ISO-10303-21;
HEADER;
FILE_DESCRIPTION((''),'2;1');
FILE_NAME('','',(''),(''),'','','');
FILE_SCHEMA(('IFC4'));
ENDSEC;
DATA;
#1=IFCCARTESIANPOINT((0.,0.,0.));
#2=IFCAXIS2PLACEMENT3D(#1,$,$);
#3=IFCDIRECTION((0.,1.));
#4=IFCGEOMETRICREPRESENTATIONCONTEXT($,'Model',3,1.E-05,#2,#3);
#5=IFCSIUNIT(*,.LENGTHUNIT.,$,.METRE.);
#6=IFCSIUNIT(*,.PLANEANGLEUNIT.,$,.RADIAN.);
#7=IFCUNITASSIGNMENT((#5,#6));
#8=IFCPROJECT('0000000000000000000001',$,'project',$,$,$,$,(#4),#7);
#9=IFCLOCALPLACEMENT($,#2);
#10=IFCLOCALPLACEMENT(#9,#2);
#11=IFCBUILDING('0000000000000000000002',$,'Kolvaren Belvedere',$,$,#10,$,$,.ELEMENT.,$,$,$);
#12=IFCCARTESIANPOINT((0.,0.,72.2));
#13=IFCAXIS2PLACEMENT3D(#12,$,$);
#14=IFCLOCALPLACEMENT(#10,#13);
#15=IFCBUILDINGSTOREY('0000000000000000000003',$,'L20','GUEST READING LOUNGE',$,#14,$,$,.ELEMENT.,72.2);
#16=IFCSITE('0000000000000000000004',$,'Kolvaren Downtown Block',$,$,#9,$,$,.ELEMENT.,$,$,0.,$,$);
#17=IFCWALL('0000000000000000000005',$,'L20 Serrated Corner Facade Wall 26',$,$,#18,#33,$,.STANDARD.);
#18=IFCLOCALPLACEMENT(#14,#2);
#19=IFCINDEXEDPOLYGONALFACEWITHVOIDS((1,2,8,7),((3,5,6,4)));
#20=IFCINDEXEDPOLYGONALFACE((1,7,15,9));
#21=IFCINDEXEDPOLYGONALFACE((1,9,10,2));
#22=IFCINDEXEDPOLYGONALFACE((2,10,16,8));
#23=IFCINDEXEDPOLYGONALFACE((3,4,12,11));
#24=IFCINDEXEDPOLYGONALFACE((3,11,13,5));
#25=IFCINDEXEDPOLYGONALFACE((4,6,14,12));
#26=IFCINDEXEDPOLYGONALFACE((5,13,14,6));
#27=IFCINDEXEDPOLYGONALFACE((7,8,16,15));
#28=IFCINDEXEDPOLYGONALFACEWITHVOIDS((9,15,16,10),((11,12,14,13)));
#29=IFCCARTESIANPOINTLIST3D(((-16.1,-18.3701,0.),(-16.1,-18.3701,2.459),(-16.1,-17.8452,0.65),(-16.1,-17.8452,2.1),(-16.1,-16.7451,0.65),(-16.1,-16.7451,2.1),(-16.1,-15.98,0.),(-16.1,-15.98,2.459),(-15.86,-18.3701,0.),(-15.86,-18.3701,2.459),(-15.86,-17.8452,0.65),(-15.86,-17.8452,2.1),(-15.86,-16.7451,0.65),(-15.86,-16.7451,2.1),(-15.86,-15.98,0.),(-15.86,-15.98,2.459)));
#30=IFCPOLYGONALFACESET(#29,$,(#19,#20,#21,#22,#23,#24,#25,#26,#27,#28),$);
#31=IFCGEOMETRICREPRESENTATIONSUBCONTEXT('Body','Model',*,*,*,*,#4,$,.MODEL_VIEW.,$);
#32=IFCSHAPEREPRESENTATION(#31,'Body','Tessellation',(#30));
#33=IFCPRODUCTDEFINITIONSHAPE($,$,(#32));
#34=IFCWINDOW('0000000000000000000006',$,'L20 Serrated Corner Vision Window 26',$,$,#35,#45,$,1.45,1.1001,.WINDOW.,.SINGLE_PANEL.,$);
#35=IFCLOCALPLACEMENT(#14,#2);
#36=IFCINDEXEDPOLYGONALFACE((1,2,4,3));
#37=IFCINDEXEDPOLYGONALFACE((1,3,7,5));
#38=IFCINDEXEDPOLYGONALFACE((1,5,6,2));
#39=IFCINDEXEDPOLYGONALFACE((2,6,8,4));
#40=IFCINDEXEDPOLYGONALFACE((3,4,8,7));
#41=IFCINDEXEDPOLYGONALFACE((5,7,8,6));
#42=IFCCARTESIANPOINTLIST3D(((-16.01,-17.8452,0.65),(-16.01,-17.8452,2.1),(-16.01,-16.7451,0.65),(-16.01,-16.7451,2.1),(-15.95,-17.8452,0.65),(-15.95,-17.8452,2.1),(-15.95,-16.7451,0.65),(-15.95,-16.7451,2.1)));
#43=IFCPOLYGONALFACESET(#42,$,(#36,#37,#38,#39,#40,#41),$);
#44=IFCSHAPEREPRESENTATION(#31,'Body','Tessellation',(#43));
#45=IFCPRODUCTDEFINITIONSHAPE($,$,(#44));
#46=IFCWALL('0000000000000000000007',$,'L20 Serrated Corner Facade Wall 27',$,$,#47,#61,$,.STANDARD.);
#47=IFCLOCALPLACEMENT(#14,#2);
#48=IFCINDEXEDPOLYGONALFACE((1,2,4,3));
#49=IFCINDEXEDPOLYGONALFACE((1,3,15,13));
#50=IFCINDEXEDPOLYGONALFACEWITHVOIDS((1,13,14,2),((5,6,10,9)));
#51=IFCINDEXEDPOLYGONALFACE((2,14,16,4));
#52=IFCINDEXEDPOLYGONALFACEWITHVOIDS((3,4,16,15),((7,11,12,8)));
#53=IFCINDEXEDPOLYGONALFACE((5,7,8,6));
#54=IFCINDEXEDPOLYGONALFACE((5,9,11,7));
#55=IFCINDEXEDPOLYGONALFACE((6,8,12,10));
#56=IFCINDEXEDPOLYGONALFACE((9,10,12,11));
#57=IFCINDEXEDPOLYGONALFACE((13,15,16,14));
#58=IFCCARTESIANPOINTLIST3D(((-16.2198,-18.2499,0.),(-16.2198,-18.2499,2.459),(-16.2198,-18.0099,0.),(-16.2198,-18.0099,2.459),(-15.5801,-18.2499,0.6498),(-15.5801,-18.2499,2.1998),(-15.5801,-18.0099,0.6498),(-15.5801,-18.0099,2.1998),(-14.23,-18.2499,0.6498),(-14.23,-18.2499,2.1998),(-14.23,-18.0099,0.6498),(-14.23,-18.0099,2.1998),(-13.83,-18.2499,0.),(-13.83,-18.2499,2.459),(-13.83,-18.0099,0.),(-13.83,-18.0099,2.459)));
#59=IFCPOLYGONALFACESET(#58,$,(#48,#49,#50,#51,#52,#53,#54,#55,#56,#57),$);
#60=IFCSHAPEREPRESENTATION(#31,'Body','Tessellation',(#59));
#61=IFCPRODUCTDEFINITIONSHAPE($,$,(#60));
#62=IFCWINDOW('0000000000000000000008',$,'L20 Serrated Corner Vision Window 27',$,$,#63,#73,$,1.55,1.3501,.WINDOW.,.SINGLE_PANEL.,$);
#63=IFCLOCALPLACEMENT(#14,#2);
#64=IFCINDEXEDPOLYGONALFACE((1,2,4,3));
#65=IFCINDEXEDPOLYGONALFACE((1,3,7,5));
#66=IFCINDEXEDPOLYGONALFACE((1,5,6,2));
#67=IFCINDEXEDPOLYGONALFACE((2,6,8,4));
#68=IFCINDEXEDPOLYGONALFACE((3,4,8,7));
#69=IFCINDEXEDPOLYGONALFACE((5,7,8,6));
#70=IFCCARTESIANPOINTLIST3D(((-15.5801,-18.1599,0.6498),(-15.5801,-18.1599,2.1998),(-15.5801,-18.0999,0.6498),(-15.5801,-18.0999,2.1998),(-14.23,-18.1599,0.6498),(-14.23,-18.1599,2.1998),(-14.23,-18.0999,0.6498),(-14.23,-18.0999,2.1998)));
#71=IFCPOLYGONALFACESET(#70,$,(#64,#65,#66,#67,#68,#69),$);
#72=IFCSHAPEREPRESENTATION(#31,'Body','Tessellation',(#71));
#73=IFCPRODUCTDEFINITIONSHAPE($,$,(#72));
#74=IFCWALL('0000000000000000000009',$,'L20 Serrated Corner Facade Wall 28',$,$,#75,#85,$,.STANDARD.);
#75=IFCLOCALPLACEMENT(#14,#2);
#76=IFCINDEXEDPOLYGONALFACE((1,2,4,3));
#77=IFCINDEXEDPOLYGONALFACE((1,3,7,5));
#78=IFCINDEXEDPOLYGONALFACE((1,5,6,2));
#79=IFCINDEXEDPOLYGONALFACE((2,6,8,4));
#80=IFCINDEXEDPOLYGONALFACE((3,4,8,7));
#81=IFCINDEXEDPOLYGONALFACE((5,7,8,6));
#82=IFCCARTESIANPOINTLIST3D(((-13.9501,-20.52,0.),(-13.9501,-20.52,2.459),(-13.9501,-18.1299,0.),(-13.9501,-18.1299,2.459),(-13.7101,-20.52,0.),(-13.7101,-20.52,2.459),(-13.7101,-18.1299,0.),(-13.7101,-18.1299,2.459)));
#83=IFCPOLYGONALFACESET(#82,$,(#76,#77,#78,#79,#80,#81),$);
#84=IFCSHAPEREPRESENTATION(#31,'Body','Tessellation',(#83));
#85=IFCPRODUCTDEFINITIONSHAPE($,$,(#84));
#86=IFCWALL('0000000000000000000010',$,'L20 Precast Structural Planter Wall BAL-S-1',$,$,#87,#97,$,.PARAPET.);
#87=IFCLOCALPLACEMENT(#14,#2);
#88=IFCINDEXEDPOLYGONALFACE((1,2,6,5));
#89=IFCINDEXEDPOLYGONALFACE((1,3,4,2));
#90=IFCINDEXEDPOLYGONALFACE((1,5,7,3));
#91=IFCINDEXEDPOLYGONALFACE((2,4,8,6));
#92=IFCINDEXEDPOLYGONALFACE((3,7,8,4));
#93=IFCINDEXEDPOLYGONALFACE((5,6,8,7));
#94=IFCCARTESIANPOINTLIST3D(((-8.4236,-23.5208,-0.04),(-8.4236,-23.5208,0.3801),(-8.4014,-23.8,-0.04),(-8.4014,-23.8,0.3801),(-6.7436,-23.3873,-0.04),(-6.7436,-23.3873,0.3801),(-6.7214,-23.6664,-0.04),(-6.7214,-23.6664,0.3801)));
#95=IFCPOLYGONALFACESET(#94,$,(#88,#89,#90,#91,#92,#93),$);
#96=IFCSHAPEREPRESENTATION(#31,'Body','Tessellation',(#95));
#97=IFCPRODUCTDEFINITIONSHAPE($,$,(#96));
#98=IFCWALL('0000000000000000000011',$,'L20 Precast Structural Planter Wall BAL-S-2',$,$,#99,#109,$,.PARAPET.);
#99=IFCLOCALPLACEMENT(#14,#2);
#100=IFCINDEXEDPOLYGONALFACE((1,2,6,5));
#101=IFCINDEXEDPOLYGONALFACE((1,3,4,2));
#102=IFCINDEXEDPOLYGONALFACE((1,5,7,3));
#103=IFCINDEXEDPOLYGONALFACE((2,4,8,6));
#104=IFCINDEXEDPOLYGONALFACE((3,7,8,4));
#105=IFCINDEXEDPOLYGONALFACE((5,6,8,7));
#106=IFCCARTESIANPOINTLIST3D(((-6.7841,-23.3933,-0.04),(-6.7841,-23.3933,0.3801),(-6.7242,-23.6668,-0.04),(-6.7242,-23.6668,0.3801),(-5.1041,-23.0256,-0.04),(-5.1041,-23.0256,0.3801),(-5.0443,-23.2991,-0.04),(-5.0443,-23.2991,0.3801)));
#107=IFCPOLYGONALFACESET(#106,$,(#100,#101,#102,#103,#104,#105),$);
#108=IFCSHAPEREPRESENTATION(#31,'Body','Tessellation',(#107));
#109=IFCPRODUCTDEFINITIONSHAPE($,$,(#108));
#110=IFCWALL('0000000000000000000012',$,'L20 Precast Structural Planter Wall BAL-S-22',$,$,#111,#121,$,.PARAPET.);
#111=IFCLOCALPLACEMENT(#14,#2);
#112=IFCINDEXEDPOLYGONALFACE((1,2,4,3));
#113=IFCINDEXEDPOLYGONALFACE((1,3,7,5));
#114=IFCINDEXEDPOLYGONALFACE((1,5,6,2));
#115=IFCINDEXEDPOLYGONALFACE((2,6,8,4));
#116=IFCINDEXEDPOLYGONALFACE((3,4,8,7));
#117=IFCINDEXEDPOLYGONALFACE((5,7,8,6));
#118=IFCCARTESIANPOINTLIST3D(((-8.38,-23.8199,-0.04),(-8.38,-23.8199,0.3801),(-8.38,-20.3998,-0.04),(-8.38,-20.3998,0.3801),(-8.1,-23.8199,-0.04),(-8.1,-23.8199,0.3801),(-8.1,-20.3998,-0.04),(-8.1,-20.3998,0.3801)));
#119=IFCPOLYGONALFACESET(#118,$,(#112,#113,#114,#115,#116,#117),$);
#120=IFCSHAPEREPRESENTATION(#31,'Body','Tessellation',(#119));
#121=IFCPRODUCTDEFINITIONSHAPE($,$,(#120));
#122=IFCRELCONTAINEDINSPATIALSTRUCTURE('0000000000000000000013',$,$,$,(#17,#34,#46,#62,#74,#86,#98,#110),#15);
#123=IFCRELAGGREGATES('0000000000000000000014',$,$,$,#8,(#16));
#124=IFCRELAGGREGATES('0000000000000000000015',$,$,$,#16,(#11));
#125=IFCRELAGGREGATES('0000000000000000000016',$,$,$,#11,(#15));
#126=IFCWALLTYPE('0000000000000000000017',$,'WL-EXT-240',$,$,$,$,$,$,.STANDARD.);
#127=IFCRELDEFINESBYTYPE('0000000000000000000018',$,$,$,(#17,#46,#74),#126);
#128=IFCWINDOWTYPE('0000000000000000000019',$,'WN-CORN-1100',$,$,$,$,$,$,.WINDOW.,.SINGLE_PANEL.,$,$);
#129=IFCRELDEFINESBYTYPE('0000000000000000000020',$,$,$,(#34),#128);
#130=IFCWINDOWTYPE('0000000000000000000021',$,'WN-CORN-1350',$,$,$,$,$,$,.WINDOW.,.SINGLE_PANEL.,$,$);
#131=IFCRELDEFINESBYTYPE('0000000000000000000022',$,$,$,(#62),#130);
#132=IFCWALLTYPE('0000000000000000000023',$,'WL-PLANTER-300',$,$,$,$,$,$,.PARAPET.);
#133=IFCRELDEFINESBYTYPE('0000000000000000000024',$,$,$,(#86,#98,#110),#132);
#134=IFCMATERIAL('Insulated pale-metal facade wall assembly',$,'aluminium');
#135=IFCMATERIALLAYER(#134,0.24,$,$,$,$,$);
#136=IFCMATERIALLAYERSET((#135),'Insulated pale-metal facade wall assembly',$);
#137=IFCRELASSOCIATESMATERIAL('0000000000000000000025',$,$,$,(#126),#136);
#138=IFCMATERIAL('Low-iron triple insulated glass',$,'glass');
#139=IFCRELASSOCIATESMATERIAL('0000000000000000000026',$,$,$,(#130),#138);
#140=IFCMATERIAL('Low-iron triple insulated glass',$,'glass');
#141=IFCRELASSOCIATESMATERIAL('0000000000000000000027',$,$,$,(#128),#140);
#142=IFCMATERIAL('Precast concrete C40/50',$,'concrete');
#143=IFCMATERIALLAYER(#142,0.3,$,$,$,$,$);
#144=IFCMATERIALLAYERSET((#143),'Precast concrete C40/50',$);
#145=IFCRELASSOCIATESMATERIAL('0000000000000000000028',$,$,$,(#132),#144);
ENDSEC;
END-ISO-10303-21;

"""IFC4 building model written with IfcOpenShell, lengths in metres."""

from ifc_helpers import new_model, si_unit, direction, frame, frame_2d, origin, place, context, subcontext, project, spatial, rectangle, extrude, material, layer, layer_set, type_object, element, fill, save


model = new_model("IFC4")

# Units and contexts
model_context = context("Model", 3, precision=1e-05, world=origin(), true_north=direction((0.0, 1.0)))
body_context = subcontext(model_context, "Body", "Model", "MODEL_VIEW")
ifc_project = project(units=[si_unit("LENGTHUNIT", "METRE"), si_unit("PLANEANGLEUNIT", "RADIAN")], contexts=[model_context])

# Site, building, storey
site_placement = place(None, origin())
site = spatial("IfcSite", under=ifc_project, at=site_placement, Name="Kolvaren Downtown Block", CompositionType="ELEMENT", RefElevation=0.0)
building_placement = place(site_placement, origin())
building = spatial("IfcBuilding", under=site, at=building_placement, Name="Kolvaren Belvedere", CompositionType="ELEMENT")
storey_placement = place(building_placement, frame((0.0, 0.0, 72.2)))
storey = spatial("IfcBuildingStorey", under=building, at=storey_placement, Name="L20", Description="GUEST READING LOUNGE", CompositionType="ELEMENT", Elevation=72.2)

# Shared definitions
ifc_material_1 = material(Name="Insulated pale-metal facade wall assembly", Category="aluminium")
ifc_layer_1 = layer(ifc_material_1, 0.24)
ifc_layer_set_1 = layer_set([ifc_layer_1], Name="Insulated pale-metal facade wall assembly")
wall_type_1 = type_object("IfcWallType", Name="WL-EXT-240", PredefinedType="STANDARD", material=ifc_layer_set_1)

# Walls, openings, windows
ifc_material_2 = material(Name="Low-iron triple insulated glass", Category="glass")
window_type_1 = type_object("IfcWindowType", Name="WN-CORN-1350", PartitioningType="SINGLE_PANEL", PredefinedType="WINDOW", material=ifc_material_2)
ifc_material_3 = material(Name="Low-iron triple insulated glass", Category="glass")
window_type_2 = type_object("IfcWindowType", Name="WN-CORN-1100", PartitioningType="SINGLE_PANEL", PredefinedType="WINDOW", material=ifc_material_3)
wall_1_placement = place(storey_placement, frame((-15.98, -18.3701, 0.0), z_axis=(0.0, 0.0, 1.0), x_axis=(0.0, 1.0, 0.0)))
wall_1 = element("IfcWall", 1, at=wall_1_placement, inside=storey, type_object=wall_type_1, Name="L20 Serrated Corner Facade Wall 26", PredefinedType="STANDARD", context=body_context, shape_type="SweptSolid", body=[
    extrude(rectangle(XDim=2.3901, YDim=0.24, at=frame_2d((1.1951, 0.0))), origin(), (0.0, 0.0, 1.0), 2.459),
])
opening_1_placement = place(wall_1_placement, frame((0.5249, 0.0, 0.6499)))
opening_1 = element("IfcOpeningElement", 2, at=opening_1_placement, cuts=wall_1, PredefinedType="OPENING", context=body_context, shape_type="SweptSolid", body=[
    extrude(rectangle(XDim=1.1001, YDim=1.45, at=frame_2d((0.55, 0.7251))), frame((0.0, 0.1299, 0.0), z_axis=(0.0, -1.0, 0.0), x_axis=(1.0, 0.0, 0.0)), (0.0, 0.0, 1.0), 0.26),
])
window_1_placement = place(opening_1_placement, origin())
window_1 = element("IfcWindow", 3, at=window_1_placement, inside=storey, type_object=window_type_2, Name="L20 Serrated Corner Vision Window 26", OverallHeight=1.45, OverallWidth=1.1001, PartitioningType="SINGLE_PANEL", PredefinedType="WINDOW", context=body_context, shape_type="SweptSolid", body=[
    extrude(rectangle(XDim=1.1001, YDim=1.45, at=frame_2d((0.55, 0.7251))), frame((0.0, 0.03, 0.0), z_axis=(0.0, -1.0, 0.0), x_axis=(1.0, 0.0, 0.0)), (0.0, 0.0, 1.0), 0.0601),
])
fill(opening_1, window_1)
wall_2_placement = place(storey_placement, frame((-13.8301, -18.1299, 0.0), z_axis=(0.0, 0.0, 1.0), x_axis=(-1.0, 0.0, 0.0)))
wall_2 = element("IfcWall", 4, at=wall_2_placement, inside=storey, type_object=wall_type_1, Name="L20 Serrated Corner Facade Wall 27", PredefinedType="STANDARD", context=body_context, shape_type="SweptSolid", body=[
    extrude(rectangle(XDim=2.3899, YDim=0.24, at=frame_2d((1.1948, 0.0))), origin(), (0.0, 0.0, 1.0), 2.459),
])
opening_2_placement = place(wall_2_placement, frame((0.3999, 0.0, 0.6499)))
opening_2 = element("IfcOpeningElement", 5, at=opening_2_placement, cuts=wall_2, PredefinedType="OPENING", context=body_context, shape_type="SweptSolid", body=[
    extrude(rectangle(XDim=1.3501, YDim=1.55, at=frame_2d((0.675, 0.7749))), frame((0.0, 0.1299, 0.0), z_axis=(0.0, -1.0, 0.0), x_axis=(1.0, 0.0, 0.0)), (0.0, 0.0, 1.0), 0.26),
])
window_2_placement = place(opening_2_placement, origin())
window_2 = element("IfcWindow", 6, at=window_2_placement, inside=storey, type_object=window_type_1, Name="L20 Serrated Corner Vision Window 27", OverallHeight=1.55, OverallWidth=1.3501, PartitioningType="SINGLE_PANEL", PredefinedType="WINDOW", context=body_context, shape_type="SweptSolid", body=[
    extrude(rectangle(XDim=1.3501, YDim=1.55, at=frame_2d((0.675, 0.7749))), frame((0.0, 0.03, 0.0), z_axis=(0.0, -1.0, 0.0), x_axis=(1.0, 0.0, 0.0)), (0.0, 0.0, 1.0), 0.0601),
])
fill(opening_2, window_2)

# Walls
wall_3_placement = place(storey_placement, frame((-13.8301, -20.52, 0.0), z_axis=(0.0, 0.0, 1.0), x_axis=(0.0, 1.0, 0.0)))
element("IfcWall", 7, at=wall_3_placement, inside=storey, type_object=wall_type_1, Name="L20 Serrated Corner Facade Wall 28", PredefinedType="STANDARD", context=body_context, shape_type="SweptSolid", body=[
    extrude(rectangle(XDim=2.3901, YDim=0.24, at=frame_2d((1.1951, 0.0))), origin(), (0.0, 0.0, 1.0), 2.459),
])
ifc_material_4 = material(Name="Precast concrete C40/50", Category="concrete")
ifc_layer_2 = layer(ifc_material_4, 0.3)
ifc_layer_set_2 = layer_set([ifc_layer_2], Name="Precast concrete C40/50")
wall_type_2 = type_object("IfcWallType", Name="WL-PLANTER-300", PredefinedType="PARAPET", material=ifc_layer_set_2)
wall_4_placement = place(storey_placement, frame((-8.4126, -23.6604, -0.04), z_axis=(0.0, 0.0, 1.0), x_axis=(0.996855, 0.079244, 0.0)))
element("IfcWall", 8, at=wall_4_placement, inside=storey, type_object=wall_type_2, Name="L20 Precast Structural Planter Wall BAL-S-1", PredefinedType="PARAPET", context=body_context, shape_type="SweptSolid", body=[
    extrude(rectangle(XDim=1.6853, YDim=0.28, at=frame_2d((0.8428, 0.0))), origin(), (0.0, 0.0, 1.0), 0.4202),
])
wall_5_placement = place(storey_placement, frame((-6.7542, -23.53, -0.04), z_axis=(0.0, 0.0, 1.0), x_axis=(0.976877, 0.213803, 0.0)))
element("IfcWall", 9, at=wall_5_placement, inside=storey, type_object=wall_type_2, Name="L20 Precast Structural Planter Wall BAL-S-2", PredefinedType="PARAPET", context=body_context, shape_type="SweptSolid", body=[
    extrude(rectangle(XDim=1.7197, YDim=0.28, at=frame_2d((0.8599, 0.0))), origin(), (0.0, 0.0, 1.0), 0.4202),
])
wall_6_placement = place(storey_placement, frame((-8.24, -20.3999, -0.04), z_axis=(0.0, 0.0, 1.0), x_axis=(0.0, -1.0, 0.0)))
element("IfcWall", 10, at=wall_6_placement, inside=storey, type_object=wall_type_2, Name="L20 Precast Structural Planter Wall BAL-S-22", PredefinedType="PARAPET", context=body_context, shape_type="SweptSolid", body=[
    extrude(rectangle(XDim=3.4202, YDim=0.28, at=frame_2d((1.71, 0.0))), origin(), (0.0, 0.0, 1.0), 0.4202),
])

save(model, "model.ifc")
